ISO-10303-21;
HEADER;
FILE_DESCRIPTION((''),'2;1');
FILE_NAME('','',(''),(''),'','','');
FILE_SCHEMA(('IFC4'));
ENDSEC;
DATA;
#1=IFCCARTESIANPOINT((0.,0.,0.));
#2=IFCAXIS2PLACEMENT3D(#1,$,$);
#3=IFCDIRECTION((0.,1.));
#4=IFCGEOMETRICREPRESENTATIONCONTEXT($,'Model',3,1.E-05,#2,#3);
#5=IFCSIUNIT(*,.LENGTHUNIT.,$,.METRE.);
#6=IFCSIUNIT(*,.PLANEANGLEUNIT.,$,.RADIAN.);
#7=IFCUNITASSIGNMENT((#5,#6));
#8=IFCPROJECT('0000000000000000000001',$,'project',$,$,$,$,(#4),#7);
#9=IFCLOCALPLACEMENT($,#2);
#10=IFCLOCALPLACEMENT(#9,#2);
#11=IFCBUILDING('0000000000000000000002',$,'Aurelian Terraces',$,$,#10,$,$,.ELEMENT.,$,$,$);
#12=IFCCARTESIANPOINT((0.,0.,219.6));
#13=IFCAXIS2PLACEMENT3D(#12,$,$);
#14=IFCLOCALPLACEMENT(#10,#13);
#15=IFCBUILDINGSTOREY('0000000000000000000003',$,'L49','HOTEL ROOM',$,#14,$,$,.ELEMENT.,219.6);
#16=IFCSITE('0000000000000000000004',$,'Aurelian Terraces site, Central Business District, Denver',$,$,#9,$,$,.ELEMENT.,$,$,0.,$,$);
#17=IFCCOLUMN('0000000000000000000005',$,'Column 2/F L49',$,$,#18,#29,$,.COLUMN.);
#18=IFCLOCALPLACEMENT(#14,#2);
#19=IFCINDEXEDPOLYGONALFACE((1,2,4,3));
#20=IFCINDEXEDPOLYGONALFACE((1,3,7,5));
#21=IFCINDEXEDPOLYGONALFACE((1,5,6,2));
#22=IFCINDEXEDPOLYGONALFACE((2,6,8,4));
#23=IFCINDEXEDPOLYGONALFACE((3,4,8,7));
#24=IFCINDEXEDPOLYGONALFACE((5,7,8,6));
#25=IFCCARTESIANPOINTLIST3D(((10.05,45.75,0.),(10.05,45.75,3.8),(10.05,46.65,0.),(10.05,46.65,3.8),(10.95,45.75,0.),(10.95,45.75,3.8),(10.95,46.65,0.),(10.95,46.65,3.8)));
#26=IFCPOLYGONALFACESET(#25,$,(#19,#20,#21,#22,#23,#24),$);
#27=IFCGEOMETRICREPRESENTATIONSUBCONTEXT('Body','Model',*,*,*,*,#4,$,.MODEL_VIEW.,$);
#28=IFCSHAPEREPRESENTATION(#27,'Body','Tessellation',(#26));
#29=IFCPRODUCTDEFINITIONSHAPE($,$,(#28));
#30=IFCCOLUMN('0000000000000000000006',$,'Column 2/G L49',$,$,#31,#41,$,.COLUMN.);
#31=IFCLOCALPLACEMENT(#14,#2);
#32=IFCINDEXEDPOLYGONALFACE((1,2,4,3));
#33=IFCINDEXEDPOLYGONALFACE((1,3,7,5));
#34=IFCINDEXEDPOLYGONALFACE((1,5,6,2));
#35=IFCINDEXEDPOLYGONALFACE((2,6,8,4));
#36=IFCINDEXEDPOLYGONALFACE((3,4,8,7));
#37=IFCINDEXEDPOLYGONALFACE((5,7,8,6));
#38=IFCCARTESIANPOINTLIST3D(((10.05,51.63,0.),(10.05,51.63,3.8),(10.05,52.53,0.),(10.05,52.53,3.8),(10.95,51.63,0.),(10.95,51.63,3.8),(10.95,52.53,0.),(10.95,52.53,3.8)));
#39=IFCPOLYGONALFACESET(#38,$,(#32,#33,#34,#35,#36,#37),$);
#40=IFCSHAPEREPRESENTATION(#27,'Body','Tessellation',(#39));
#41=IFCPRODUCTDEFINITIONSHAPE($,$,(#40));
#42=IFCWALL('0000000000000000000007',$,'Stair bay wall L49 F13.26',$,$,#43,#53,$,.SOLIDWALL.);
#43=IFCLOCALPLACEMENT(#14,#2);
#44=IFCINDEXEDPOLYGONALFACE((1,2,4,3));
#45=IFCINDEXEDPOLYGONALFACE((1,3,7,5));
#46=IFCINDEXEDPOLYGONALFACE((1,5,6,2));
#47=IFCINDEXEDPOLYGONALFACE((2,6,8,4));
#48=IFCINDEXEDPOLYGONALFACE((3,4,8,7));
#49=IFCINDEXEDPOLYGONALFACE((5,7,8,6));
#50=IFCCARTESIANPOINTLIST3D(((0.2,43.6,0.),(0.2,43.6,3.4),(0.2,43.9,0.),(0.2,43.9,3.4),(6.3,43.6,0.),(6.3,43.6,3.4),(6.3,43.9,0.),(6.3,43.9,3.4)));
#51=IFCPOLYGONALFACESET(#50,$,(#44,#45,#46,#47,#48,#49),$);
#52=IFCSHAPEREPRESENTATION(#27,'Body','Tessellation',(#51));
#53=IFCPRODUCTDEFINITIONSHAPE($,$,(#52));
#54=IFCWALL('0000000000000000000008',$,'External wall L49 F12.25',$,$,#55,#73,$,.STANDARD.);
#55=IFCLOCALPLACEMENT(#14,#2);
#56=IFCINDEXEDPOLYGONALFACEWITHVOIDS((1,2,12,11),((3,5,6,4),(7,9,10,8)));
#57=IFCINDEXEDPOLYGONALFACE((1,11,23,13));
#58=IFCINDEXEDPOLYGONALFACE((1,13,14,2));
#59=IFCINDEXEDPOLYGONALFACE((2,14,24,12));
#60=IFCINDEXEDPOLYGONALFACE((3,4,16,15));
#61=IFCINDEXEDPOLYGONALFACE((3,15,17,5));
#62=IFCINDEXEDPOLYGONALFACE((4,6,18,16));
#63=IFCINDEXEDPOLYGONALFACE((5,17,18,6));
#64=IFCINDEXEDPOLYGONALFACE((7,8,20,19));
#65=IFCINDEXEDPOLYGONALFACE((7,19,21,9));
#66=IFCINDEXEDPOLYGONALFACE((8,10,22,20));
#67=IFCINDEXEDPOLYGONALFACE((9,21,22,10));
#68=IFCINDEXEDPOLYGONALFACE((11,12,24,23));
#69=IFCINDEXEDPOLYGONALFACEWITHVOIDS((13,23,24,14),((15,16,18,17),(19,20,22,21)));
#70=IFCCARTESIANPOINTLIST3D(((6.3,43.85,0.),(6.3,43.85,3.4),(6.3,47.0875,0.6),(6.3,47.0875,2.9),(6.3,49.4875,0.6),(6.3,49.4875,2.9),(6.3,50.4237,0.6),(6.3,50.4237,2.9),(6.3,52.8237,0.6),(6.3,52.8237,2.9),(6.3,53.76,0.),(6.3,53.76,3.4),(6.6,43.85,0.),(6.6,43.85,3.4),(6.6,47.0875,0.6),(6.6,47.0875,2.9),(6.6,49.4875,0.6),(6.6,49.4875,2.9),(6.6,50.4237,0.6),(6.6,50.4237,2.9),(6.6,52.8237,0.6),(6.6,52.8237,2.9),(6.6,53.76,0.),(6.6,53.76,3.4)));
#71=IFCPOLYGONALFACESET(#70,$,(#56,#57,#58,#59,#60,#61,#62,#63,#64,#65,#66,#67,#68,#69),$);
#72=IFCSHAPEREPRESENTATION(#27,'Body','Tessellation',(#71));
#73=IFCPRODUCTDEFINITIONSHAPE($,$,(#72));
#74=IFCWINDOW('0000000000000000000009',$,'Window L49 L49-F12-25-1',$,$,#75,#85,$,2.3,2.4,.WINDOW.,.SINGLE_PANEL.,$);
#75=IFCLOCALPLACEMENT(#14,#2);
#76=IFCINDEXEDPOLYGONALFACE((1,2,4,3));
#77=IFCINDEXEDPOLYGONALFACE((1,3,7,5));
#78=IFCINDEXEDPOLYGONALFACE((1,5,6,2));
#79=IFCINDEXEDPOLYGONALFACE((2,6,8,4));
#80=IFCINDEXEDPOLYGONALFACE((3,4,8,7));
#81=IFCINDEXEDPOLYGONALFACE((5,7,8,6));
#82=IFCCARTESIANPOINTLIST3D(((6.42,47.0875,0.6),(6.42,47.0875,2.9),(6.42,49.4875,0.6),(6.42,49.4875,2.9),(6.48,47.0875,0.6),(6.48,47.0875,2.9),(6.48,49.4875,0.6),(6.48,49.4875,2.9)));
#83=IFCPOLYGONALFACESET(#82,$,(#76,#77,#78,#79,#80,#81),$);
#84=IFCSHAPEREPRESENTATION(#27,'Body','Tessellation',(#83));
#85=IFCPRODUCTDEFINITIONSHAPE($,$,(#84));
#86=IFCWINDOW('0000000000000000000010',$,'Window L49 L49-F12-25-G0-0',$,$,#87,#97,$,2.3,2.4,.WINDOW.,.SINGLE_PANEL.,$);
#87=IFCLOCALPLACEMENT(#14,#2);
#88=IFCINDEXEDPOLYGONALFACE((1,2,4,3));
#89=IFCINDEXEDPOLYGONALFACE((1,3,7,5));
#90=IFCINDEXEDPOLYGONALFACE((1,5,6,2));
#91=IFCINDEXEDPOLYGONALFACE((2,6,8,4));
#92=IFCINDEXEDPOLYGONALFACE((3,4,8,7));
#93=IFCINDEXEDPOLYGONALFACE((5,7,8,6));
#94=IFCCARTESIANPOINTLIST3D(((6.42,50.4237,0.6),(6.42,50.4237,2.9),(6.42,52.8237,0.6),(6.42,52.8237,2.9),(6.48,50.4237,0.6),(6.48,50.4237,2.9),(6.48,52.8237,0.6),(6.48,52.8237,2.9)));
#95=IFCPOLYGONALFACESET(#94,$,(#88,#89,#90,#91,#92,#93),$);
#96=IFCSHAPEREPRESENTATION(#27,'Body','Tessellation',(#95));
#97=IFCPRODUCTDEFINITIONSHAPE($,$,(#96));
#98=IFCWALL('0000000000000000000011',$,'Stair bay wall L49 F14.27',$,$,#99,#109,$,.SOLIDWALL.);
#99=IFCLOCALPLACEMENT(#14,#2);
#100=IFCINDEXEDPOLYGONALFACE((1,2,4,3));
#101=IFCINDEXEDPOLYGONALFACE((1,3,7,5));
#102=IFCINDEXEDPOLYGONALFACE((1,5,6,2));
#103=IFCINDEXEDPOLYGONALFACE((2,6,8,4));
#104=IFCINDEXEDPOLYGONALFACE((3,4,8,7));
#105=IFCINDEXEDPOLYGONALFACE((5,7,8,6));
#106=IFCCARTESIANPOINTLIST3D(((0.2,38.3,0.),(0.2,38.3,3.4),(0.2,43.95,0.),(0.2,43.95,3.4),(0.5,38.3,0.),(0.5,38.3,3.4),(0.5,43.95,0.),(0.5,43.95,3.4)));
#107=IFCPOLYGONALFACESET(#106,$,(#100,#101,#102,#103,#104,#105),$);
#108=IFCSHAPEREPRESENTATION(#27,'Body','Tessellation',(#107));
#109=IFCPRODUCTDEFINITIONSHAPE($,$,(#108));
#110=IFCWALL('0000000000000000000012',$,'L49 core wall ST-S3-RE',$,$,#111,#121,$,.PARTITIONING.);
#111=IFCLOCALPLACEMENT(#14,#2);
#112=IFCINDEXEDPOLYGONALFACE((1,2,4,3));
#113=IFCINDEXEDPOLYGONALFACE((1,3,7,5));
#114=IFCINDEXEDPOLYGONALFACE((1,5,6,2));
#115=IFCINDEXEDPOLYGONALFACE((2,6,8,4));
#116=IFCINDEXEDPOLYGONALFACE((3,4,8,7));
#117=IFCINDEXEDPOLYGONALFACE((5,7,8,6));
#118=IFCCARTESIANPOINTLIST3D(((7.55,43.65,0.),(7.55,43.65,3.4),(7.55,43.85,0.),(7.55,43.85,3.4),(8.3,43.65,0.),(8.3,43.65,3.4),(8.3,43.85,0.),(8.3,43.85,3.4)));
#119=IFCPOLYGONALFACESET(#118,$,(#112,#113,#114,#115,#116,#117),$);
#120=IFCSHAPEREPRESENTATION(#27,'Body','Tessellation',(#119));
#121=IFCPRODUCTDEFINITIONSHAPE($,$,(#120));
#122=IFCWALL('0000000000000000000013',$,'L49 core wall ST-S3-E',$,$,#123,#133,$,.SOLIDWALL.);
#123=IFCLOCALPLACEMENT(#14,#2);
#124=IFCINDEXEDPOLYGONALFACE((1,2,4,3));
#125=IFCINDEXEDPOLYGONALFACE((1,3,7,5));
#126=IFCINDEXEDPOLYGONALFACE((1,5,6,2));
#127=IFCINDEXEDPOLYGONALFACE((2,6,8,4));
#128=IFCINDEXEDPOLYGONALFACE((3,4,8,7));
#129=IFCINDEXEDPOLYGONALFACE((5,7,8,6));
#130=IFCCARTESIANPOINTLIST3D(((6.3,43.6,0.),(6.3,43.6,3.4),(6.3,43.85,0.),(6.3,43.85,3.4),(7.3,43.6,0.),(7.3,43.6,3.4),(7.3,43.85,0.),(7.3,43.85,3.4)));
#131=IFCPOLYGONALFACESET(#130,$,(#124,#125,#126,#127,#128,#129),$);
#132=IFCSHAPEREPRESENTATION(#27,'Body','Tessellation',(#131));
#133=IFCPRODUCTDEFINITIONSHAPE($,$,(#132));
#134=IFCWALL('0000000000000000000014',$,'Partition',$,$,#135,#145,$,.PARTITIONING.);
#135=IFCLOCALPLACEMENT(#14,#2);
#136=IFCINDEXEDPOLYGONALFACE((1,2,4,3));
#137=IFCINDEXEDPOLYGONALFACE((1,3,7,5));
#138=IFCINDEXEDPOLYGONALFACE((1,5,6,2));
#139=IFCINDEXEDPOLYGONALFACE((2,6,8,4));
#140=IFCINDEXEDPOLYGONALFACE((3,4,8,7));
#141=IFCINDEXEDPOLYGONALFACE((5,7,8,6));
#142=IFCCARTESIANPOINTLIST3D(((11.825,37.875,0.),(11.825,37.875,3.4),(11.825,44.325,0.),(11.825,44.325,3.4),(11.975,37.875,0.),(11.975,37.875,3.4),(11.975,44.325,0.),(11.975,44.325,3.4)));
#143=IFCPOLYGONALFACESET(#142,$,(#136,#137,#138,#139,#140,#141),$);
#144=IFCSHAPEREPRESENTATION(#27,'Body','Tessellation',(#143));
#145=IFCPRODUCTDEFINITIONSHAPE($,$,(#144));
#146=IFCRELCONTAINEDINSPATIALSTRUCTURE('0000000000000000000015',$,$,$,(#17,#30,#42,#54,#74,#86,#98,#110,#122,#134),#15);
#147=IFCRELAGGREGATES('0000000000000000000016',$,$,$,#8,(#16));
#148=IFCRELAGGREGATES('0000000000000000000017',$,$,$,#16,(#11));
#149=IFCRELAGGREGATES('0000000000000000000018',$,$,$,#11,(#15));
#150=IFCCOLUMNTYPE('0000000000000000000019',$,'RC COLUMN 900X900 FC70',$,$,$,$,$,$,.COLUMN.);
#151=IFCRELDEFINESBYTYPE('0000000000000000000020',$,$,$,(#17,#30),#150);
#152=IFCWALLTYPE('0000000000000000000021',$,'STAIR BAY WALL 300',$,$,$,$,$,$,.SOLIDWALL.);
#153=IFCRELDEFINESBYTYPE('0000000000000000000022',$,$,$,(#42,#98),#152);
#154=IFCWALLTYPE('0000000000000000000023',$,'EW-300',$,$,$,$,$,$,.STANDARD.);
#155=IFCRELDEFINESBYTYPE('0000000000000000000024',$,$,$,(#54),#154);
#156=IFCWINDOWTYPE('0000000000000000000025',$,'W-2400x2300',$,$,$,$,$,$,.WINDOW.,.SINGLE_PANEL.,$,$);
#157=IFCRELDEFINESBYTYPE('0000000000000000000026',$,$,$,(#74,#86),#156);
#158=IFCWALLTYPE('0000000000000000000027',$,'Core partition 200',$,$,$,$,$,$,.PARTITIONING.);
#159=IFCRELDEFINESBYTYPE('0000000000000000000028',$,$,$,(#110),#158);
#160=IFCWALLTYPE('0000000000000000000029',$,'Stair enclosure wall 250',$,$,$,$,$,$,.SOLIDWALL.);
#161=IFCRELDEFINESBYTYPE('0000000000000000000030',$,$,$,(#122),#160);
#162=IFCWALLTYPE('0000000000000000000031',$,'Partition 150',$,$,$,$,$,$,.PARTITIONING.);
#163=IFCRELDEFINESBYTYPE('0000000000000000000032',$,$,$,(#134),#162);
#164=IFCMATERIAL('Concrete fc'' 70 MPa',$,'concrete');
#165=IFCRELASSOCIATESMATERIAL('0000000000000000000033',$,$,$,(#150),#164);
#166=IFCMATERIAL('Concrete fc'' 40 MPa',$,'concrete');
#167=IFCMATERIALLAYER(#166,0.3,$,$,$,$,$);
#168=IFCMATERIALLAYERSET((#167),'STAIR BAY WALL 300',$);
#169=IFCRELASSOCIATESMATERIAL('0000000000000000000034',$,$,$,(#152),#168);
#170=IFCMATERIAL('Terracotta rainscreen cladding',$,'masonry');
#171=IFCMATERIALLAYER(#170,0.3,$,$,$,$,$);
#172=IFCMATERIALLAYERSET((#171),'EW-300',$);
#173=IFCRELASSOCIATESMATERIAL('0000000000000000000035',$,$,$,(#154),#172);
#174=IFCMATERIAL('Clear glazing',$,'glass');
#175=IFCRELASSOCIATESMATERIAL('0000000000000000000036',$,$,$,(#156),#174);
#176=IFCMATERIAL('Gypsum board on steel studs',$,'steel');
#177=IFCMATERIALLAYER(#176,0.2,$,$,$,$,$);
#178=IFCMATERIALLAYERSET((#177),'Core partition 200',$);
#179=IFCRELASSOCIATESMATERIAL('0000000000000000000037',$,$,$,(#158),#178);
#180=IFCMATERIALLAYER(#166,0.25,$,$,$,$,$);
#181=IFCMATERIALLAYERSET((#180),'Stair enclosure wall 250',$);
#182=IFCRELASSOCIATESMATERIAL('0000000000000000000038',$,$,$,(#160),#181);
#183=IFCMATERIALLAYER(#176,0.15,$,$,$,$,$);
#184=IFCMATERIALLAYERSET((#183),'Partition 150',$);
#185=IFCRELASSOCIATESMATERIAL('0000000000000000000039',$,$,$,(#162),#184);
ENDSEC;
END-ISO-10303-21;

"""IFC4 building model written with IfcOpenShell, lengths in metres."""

from ifc_helpers import new_model, si_unit, direction, frame, frame_2d, origin, origin_2d, place, context, subcontext, project, spatial, rectangle, extrude, source, transform, mapped, material, layer, layer_set, material_profile, profile_set, type_object, element, fill, save


model = new_model("IFC4")

# Units and contexts
model_context = context("Model", 3, precision=1e-05, world=origin(), true_north=direction((0.0, 1.0)))
body_context = subcontext(model_context, "Body", "Model", "MODEL_VIEW")
ifc_project = project(units=[si_unit("LENGTHUNIT", "METRE"), si_unit("PLANEANGLEUNIT", "RADIAN")], contexts=[model_context])

# Site, building, storey
site_placement = place(None, origin())
site = spatial("IfcSite", under=ifc_project, at=site_placement, Name="Aurelian Terraces site, Central Business District, Denver", CompositionType="ELEMENT", RefElevation=0.0)
building_placement = place(site_placement, origin())
building = spatial("IfcBuilding", under=site, at=building_placement, Name="Aurelian Terraces", CompositionType="ELEMENT")
storey_placement = place(building_placement, frame((0.0, 0.0, 219.6)))
storey = spatial("IfcBuildingStorey", under=building, at=storey_placement, Name="L49", Description="HOTEL ROOM", CompositionType="ELEMENT", Elevation=219.6)

# Columns
ifc_material_1 = material(Name="Concrete fc' 70 MPa", Category="concrete")
ifc_material_profile = material_profile(ifc_material_1, rectangle(XDim=0.9, YDim=0.9, at=origin_2d()))
ifc_profile_set = profile_set([ifc_material_profile], Name="Concrete fc' 70 MPa")
column_type = type_object("IfcColumnType", Name="RC COLUMN 900X900 FC70", PredefinedType="COLUMN", material=ifc_profile_set)
shared_shape_1 = source(origin(), body_context, "Body", "SweptSolid", [
    extrude(rectangle(XDim=0.9, YDim=0.9, at=origin_2d()), origin(), (0.0, 0.0, 1.0), 3.8),
])
for number, where, z_axis, x_axis, name in (
    (1, (10.5, 46.2, 0.0), (0.0, 0.0, 1.0), (1.0, 0.0, 0.0), "Column 2/F L49"),
    (2, (10.5, 52.08, 0.0), (0.0, 0.0, 1.0), (1.0, 0.0, 0.0), "Column 2/G L49"),
):
    element("IfcColumn", number, at=place(storey_placement, frame(where, z_axis=z_axis, x_axis=x_axis)), inside=storey, type_object=column_type, Name=name, PredefinedType="COLUMN", context=body_context, shape_type="MappedRepresentation", body=[
        mapped(shared_shape_1, transform((0.0, 0.0, 0.0), scale=1.0)),
    ])

# Wall
ifc_material_2 = material(Name="Concrete fc' 40 MPa", Category="concrete")
ifc_layer_1 = layer(ifc_material_2, 0.3)
ifc_layer_set_1 = layer_set([ifc_layer_1], Name="STAIR BAY WALL 300")
wall_type_1 = type_object("IfcWallType", Name="STAIR BAY WALL 300", PredefinedType="SOLIDWALL", material=ifc_layer_set_1)
shared_shape_2 = source(origin(), body_context, "Body", "SweptSolid", [
    extrude(rectangle(XDim=6.1, YDim=0.3, at=frame_2d((3.05, 0.0))), origin(), (0.0, 0.0, 1.0), 3.4),
])
wall_1_placement = place(storey_placement, frame((6.3, 43.75, 0.0), z_axis=(0.0, 0.0, 1.0), x_axis=(-1.0, 0.0, 0.0)))
element("IfcWall", 3, at=wall_1_placement, inside=storey, type_object=wall_type_1, Name="Stair bay wall L49 F13.26", PredefinedType="SOLIDWALL", context=body_context, shape_type="MappedRepresentation", body=[
    mapped(shared_shape_2, transform((0.0, 0.0, 0.0), scale=1.0)),
])

# Wall, openings, windows
ifc_material_3 = material(Name="Terracotta rainscreen cladding", Category="masonry")
ifc_layer_2 = layer(ifc_material_3, 0.3)
ifc_layer_set_2 = layer_set([ifc_layer_2], Name="EW-300")
wall_type_2 = type_object("IfcWallType", Name="EW-300", PredefinedType="STANDARD", material=ifc_layer_set_2)
shared_shape_3 = source(origin(), body_context, "Body", "SweptSolid", [
    extrude(rectangle(XDim=9.91, YDim=0.3, at=frame_2d((4.955, 0.0))), origin(), (0.0, 0.0, 1.0), 3.4),
])
wall_2_placement = place(storey_placement, frame((6.45, 53.76, 0.0), z_axis=(0.0, 0.0, 1.0), x_axis=(0.0, -1.0, 0.0)))
wall_2 = element("IfcWall", 4, at=wall_2_placement, inside=storey, type_object=wall_type_2, Name="External wall L49 F12.25", PredefinedType="STANDARD", context=body_context, shape_type="MappedRepresentation", body=[
    mapped(shared_shape_3, transform((0.0, 0.0, 0.0), scale=1.0)),
])
shared_shape_4 = source(origin(), body_context, "Body", "SweptSolid", [
    extrude(rectangle(XDim=2.4, YDim=2.3, at=frame_2d((1.2, 1.15))), frame((0.0, 0.16, 0.0), z_axis=(0.0, -1.0, 0.0), x_axis=(1.0, 0.0, 0.0)), (0.0, 0.0, 1.0), 0.32),
])
opening_1_placement = place(wall_2_placement, frame((4.2725, 0.0, 0.6)))
opening_1 = element("IfcOpeningElement", 5, at=opening_1_placement, cuts=wall_2, PredefinedType="OPENING", context=body_context, shape_type="MappedRepresentation", body=[
    mapped(shared_shape_4, transform((0.0, 0.0, 0.0), scale=1.0)),
])
opening_2_placement = place(wall_2_placement, frame((0.9363, 0.0, 0.6)))
opening_2 = element("IfcOpeningElement", 6, at=opening_2_placement, cuts=wall_2, PredefinedType="OPENING", context=body_context, shape_type="MappedRepresentation", body=[
    mapped(shared_shape_4, transform((0.0, 0.0, 0.0), scale=1.0)),
])
ifc_material_4 = material(Name="Clear glazing", Category="glass")
window_type = type_object("IfcWindowType", Name="W-2400x2300", PartitioningType="SINGLE_PANEL", PredefinedType="WINDOW", material=ifc_material_4)
shared_shape_5 = source(origin(), body_context, "Body", "SweptSolid", [
    extrude(rectangle(XDim=2.4, YDim=2.3, at=frame_2d((1.2, 1.15))), frame((0.0, 0.03, 0.0), z_axis=(0.0, -1.0, 0.0), x_axis=(1.0, 0.0, 0.0)), (0.0, 0.0, 1.0), 0.06),
])
window_1_placement = place(opening_1_placement, origin())
window_1 = element("IfcWindow", 7, at=window_1_placement, inside=storey, type_object=window_type, Name="Window L49 L49-F12-25-1", OverallHeight=2.3, OverallWidth=2.4, PartitioningType="SINGLE_PANEL", PredefinedType="WINDOW", context=body_context, shape_type="MappedRepresentation", body=[
    mapped(shared_shape_5, transform((0.0, 0.0, 0.0), scale=1.0)),
])
fill(opening_1, window_1)
window_2_placement = place(opening_2_placement, origin())
window_2 = element("IfcWindow", 8, at=window_2_placement, inside=storey, type_object=window_type, Name="Window L49 L49-F12-25-G0-0", OverallHeight=2.3, OverallWidth=2.4, PartitioningType="SINGLE_PANEL", PredefinedType="WINDOW", context=body_context, shape_type="MappedRepresentation", body=[
    mapped(shared_shape_5, transform((0.0, 0.0, 0.0), scale=1.0)),
])
fill(opening_2, window_2)

# Walls
shared_shape_6 = source(origin(), body_context, "Body", "SweptSolid", [
    extrude(rectangle(XDim=5.65, YDim=0.3, at=frame_2d((2.825, 0.0))), origin(), (0.0, 0.0, 1.0), 3.4),
])
wall_3_placement = place(storey_placement, frame((0.35, 43.95, 0.0), z_axis=(0.0, 0.0, 1.0), x_axis=(0.0, -1.0, 0.0)))
element("IfcWall", 9, at=wall_3_placement, inside=storey, type_object=wall_type_1, Name="Stair bay wall L49 F14.27", PredefinedType="SOLIDWALL", context=body_context, shape_type="MappedRepresentation", body=[
    mapped(shared_shape_6, transform((0.0, 0.0, 0.0), scale=1.0)),
])
ifc_material_5 = material(Name="Gypsum board on steel studs", Category="steel")
ifc_layer_3 = layer(ifc_material_5, 0.2)
ifc_layer_set_3 = layer_set([ifc_layer_3], Name="Core partition 200")
wall_type_3 = type_object("IfcWallType", Name="Core partition 200", PredefinedType="PARTITIONING", material=ifc_layer_set_3)
shared_shape_7 = source(origin(), body_context, "Body", "SweptSolid", [
    extrude(rectangle(XDim=0.75, YDim=0.2, at=frame_2d((0.375, 0.0))), origin(), (0.0, 0.0, 1.0), 3.4),
])
wall_4_placement = place(storey_placement, frame((7.55, 43.75, 0.0), z_axis=(0.0, 0.0, 1.0), x_axis=(1.0, 0.0, 0.0)))
element("IfcWall", 10, at=wall_4_placement, inside=storey, type_object=wall_type_3, Name="L49 core wall ST-S3-RE", PredefinedType="PARTITIONING", context=body_context, shape_type="MappedRepresentation", body=[
    mapped(shared_shape_7, transform((0.0, 0.0, 0.0), scale=1.0)),
])
ifc_layer_4 = layer(ifc_material_2, 0.25)
ifc_layer_set_4 = layer_set([ifc_layer_4], Name="Stair enclosure wall 250")
wall_type_4 = type_object("IfcWallType", Name="Stair enclosure wall 250", PredefinedType="SOLIDWALL", material=ifc_layer_set_4)
shared_shape_8 = source(origin(), body_context, "Body", "SweptSolid", [
    extrude(rectangle(XDim=1.0, YDim=0.25, at=frame_2d((0.5, 0.0))), origin(), (0.0, 0.0, 1.0), 3.4),
])
wall_5_placement = place(storey_placement, frame((6.3, 43.725, 0.0), z_axis=(0.0, 0.0, 1.0), x_axis=(1.0, 0.0, 0.0)))
element("IfcWall", 11, at=wall_5_placement, inside=storey, type_object=wall_type_4, Name="L49 core wall ST-S3-E", PredefinedType="SOLIDWALL", context=body_context, shape_type="MappedRepresentation", body=[
    mapped(shared_shape_8, transform((0.0, 0.0, 0.0), scale=1.0)),
])
ifc_layer_5 = layer(ifc_material_5, 0.15)
ifc_layer_set_5 = layer_set([ifc_layer_5], Name="Partition 150")
wall_type_5 = type_object("IfcWallType", Name="Partition 150", PredefinedType="PARTITIONING", material=ifc_layer_set_5)
shared_shape_9 = source(origin(), body_context, "Body", "SweptSolid", [
    extrude(rectangle(XDim=6.45, YDim=0.15, at=frame_2d((3.225, 0.0))), origin(), (0.0, 0.0, 1.0), 3.4),
])
wall_6_placement = place(storey_placement, frame((11.9, 44.325, 0.0), z_axis=(0.0, 0.0, 1.0), x_axis=(0.0, -1.0, 0.0)))
element("IfcWall", 12, at=wall_6_placement, inside=storey, type_object=wall_type_5, Name="Partition", PredefinedType="PARTITIONING", context=body_context, shape_type="MappedRepresentation", body=[
    mapped(shared_shape_9, transform((0.0, 0.0, 0.0), scale=1.0)),
])

save(model, "model.ifc")
